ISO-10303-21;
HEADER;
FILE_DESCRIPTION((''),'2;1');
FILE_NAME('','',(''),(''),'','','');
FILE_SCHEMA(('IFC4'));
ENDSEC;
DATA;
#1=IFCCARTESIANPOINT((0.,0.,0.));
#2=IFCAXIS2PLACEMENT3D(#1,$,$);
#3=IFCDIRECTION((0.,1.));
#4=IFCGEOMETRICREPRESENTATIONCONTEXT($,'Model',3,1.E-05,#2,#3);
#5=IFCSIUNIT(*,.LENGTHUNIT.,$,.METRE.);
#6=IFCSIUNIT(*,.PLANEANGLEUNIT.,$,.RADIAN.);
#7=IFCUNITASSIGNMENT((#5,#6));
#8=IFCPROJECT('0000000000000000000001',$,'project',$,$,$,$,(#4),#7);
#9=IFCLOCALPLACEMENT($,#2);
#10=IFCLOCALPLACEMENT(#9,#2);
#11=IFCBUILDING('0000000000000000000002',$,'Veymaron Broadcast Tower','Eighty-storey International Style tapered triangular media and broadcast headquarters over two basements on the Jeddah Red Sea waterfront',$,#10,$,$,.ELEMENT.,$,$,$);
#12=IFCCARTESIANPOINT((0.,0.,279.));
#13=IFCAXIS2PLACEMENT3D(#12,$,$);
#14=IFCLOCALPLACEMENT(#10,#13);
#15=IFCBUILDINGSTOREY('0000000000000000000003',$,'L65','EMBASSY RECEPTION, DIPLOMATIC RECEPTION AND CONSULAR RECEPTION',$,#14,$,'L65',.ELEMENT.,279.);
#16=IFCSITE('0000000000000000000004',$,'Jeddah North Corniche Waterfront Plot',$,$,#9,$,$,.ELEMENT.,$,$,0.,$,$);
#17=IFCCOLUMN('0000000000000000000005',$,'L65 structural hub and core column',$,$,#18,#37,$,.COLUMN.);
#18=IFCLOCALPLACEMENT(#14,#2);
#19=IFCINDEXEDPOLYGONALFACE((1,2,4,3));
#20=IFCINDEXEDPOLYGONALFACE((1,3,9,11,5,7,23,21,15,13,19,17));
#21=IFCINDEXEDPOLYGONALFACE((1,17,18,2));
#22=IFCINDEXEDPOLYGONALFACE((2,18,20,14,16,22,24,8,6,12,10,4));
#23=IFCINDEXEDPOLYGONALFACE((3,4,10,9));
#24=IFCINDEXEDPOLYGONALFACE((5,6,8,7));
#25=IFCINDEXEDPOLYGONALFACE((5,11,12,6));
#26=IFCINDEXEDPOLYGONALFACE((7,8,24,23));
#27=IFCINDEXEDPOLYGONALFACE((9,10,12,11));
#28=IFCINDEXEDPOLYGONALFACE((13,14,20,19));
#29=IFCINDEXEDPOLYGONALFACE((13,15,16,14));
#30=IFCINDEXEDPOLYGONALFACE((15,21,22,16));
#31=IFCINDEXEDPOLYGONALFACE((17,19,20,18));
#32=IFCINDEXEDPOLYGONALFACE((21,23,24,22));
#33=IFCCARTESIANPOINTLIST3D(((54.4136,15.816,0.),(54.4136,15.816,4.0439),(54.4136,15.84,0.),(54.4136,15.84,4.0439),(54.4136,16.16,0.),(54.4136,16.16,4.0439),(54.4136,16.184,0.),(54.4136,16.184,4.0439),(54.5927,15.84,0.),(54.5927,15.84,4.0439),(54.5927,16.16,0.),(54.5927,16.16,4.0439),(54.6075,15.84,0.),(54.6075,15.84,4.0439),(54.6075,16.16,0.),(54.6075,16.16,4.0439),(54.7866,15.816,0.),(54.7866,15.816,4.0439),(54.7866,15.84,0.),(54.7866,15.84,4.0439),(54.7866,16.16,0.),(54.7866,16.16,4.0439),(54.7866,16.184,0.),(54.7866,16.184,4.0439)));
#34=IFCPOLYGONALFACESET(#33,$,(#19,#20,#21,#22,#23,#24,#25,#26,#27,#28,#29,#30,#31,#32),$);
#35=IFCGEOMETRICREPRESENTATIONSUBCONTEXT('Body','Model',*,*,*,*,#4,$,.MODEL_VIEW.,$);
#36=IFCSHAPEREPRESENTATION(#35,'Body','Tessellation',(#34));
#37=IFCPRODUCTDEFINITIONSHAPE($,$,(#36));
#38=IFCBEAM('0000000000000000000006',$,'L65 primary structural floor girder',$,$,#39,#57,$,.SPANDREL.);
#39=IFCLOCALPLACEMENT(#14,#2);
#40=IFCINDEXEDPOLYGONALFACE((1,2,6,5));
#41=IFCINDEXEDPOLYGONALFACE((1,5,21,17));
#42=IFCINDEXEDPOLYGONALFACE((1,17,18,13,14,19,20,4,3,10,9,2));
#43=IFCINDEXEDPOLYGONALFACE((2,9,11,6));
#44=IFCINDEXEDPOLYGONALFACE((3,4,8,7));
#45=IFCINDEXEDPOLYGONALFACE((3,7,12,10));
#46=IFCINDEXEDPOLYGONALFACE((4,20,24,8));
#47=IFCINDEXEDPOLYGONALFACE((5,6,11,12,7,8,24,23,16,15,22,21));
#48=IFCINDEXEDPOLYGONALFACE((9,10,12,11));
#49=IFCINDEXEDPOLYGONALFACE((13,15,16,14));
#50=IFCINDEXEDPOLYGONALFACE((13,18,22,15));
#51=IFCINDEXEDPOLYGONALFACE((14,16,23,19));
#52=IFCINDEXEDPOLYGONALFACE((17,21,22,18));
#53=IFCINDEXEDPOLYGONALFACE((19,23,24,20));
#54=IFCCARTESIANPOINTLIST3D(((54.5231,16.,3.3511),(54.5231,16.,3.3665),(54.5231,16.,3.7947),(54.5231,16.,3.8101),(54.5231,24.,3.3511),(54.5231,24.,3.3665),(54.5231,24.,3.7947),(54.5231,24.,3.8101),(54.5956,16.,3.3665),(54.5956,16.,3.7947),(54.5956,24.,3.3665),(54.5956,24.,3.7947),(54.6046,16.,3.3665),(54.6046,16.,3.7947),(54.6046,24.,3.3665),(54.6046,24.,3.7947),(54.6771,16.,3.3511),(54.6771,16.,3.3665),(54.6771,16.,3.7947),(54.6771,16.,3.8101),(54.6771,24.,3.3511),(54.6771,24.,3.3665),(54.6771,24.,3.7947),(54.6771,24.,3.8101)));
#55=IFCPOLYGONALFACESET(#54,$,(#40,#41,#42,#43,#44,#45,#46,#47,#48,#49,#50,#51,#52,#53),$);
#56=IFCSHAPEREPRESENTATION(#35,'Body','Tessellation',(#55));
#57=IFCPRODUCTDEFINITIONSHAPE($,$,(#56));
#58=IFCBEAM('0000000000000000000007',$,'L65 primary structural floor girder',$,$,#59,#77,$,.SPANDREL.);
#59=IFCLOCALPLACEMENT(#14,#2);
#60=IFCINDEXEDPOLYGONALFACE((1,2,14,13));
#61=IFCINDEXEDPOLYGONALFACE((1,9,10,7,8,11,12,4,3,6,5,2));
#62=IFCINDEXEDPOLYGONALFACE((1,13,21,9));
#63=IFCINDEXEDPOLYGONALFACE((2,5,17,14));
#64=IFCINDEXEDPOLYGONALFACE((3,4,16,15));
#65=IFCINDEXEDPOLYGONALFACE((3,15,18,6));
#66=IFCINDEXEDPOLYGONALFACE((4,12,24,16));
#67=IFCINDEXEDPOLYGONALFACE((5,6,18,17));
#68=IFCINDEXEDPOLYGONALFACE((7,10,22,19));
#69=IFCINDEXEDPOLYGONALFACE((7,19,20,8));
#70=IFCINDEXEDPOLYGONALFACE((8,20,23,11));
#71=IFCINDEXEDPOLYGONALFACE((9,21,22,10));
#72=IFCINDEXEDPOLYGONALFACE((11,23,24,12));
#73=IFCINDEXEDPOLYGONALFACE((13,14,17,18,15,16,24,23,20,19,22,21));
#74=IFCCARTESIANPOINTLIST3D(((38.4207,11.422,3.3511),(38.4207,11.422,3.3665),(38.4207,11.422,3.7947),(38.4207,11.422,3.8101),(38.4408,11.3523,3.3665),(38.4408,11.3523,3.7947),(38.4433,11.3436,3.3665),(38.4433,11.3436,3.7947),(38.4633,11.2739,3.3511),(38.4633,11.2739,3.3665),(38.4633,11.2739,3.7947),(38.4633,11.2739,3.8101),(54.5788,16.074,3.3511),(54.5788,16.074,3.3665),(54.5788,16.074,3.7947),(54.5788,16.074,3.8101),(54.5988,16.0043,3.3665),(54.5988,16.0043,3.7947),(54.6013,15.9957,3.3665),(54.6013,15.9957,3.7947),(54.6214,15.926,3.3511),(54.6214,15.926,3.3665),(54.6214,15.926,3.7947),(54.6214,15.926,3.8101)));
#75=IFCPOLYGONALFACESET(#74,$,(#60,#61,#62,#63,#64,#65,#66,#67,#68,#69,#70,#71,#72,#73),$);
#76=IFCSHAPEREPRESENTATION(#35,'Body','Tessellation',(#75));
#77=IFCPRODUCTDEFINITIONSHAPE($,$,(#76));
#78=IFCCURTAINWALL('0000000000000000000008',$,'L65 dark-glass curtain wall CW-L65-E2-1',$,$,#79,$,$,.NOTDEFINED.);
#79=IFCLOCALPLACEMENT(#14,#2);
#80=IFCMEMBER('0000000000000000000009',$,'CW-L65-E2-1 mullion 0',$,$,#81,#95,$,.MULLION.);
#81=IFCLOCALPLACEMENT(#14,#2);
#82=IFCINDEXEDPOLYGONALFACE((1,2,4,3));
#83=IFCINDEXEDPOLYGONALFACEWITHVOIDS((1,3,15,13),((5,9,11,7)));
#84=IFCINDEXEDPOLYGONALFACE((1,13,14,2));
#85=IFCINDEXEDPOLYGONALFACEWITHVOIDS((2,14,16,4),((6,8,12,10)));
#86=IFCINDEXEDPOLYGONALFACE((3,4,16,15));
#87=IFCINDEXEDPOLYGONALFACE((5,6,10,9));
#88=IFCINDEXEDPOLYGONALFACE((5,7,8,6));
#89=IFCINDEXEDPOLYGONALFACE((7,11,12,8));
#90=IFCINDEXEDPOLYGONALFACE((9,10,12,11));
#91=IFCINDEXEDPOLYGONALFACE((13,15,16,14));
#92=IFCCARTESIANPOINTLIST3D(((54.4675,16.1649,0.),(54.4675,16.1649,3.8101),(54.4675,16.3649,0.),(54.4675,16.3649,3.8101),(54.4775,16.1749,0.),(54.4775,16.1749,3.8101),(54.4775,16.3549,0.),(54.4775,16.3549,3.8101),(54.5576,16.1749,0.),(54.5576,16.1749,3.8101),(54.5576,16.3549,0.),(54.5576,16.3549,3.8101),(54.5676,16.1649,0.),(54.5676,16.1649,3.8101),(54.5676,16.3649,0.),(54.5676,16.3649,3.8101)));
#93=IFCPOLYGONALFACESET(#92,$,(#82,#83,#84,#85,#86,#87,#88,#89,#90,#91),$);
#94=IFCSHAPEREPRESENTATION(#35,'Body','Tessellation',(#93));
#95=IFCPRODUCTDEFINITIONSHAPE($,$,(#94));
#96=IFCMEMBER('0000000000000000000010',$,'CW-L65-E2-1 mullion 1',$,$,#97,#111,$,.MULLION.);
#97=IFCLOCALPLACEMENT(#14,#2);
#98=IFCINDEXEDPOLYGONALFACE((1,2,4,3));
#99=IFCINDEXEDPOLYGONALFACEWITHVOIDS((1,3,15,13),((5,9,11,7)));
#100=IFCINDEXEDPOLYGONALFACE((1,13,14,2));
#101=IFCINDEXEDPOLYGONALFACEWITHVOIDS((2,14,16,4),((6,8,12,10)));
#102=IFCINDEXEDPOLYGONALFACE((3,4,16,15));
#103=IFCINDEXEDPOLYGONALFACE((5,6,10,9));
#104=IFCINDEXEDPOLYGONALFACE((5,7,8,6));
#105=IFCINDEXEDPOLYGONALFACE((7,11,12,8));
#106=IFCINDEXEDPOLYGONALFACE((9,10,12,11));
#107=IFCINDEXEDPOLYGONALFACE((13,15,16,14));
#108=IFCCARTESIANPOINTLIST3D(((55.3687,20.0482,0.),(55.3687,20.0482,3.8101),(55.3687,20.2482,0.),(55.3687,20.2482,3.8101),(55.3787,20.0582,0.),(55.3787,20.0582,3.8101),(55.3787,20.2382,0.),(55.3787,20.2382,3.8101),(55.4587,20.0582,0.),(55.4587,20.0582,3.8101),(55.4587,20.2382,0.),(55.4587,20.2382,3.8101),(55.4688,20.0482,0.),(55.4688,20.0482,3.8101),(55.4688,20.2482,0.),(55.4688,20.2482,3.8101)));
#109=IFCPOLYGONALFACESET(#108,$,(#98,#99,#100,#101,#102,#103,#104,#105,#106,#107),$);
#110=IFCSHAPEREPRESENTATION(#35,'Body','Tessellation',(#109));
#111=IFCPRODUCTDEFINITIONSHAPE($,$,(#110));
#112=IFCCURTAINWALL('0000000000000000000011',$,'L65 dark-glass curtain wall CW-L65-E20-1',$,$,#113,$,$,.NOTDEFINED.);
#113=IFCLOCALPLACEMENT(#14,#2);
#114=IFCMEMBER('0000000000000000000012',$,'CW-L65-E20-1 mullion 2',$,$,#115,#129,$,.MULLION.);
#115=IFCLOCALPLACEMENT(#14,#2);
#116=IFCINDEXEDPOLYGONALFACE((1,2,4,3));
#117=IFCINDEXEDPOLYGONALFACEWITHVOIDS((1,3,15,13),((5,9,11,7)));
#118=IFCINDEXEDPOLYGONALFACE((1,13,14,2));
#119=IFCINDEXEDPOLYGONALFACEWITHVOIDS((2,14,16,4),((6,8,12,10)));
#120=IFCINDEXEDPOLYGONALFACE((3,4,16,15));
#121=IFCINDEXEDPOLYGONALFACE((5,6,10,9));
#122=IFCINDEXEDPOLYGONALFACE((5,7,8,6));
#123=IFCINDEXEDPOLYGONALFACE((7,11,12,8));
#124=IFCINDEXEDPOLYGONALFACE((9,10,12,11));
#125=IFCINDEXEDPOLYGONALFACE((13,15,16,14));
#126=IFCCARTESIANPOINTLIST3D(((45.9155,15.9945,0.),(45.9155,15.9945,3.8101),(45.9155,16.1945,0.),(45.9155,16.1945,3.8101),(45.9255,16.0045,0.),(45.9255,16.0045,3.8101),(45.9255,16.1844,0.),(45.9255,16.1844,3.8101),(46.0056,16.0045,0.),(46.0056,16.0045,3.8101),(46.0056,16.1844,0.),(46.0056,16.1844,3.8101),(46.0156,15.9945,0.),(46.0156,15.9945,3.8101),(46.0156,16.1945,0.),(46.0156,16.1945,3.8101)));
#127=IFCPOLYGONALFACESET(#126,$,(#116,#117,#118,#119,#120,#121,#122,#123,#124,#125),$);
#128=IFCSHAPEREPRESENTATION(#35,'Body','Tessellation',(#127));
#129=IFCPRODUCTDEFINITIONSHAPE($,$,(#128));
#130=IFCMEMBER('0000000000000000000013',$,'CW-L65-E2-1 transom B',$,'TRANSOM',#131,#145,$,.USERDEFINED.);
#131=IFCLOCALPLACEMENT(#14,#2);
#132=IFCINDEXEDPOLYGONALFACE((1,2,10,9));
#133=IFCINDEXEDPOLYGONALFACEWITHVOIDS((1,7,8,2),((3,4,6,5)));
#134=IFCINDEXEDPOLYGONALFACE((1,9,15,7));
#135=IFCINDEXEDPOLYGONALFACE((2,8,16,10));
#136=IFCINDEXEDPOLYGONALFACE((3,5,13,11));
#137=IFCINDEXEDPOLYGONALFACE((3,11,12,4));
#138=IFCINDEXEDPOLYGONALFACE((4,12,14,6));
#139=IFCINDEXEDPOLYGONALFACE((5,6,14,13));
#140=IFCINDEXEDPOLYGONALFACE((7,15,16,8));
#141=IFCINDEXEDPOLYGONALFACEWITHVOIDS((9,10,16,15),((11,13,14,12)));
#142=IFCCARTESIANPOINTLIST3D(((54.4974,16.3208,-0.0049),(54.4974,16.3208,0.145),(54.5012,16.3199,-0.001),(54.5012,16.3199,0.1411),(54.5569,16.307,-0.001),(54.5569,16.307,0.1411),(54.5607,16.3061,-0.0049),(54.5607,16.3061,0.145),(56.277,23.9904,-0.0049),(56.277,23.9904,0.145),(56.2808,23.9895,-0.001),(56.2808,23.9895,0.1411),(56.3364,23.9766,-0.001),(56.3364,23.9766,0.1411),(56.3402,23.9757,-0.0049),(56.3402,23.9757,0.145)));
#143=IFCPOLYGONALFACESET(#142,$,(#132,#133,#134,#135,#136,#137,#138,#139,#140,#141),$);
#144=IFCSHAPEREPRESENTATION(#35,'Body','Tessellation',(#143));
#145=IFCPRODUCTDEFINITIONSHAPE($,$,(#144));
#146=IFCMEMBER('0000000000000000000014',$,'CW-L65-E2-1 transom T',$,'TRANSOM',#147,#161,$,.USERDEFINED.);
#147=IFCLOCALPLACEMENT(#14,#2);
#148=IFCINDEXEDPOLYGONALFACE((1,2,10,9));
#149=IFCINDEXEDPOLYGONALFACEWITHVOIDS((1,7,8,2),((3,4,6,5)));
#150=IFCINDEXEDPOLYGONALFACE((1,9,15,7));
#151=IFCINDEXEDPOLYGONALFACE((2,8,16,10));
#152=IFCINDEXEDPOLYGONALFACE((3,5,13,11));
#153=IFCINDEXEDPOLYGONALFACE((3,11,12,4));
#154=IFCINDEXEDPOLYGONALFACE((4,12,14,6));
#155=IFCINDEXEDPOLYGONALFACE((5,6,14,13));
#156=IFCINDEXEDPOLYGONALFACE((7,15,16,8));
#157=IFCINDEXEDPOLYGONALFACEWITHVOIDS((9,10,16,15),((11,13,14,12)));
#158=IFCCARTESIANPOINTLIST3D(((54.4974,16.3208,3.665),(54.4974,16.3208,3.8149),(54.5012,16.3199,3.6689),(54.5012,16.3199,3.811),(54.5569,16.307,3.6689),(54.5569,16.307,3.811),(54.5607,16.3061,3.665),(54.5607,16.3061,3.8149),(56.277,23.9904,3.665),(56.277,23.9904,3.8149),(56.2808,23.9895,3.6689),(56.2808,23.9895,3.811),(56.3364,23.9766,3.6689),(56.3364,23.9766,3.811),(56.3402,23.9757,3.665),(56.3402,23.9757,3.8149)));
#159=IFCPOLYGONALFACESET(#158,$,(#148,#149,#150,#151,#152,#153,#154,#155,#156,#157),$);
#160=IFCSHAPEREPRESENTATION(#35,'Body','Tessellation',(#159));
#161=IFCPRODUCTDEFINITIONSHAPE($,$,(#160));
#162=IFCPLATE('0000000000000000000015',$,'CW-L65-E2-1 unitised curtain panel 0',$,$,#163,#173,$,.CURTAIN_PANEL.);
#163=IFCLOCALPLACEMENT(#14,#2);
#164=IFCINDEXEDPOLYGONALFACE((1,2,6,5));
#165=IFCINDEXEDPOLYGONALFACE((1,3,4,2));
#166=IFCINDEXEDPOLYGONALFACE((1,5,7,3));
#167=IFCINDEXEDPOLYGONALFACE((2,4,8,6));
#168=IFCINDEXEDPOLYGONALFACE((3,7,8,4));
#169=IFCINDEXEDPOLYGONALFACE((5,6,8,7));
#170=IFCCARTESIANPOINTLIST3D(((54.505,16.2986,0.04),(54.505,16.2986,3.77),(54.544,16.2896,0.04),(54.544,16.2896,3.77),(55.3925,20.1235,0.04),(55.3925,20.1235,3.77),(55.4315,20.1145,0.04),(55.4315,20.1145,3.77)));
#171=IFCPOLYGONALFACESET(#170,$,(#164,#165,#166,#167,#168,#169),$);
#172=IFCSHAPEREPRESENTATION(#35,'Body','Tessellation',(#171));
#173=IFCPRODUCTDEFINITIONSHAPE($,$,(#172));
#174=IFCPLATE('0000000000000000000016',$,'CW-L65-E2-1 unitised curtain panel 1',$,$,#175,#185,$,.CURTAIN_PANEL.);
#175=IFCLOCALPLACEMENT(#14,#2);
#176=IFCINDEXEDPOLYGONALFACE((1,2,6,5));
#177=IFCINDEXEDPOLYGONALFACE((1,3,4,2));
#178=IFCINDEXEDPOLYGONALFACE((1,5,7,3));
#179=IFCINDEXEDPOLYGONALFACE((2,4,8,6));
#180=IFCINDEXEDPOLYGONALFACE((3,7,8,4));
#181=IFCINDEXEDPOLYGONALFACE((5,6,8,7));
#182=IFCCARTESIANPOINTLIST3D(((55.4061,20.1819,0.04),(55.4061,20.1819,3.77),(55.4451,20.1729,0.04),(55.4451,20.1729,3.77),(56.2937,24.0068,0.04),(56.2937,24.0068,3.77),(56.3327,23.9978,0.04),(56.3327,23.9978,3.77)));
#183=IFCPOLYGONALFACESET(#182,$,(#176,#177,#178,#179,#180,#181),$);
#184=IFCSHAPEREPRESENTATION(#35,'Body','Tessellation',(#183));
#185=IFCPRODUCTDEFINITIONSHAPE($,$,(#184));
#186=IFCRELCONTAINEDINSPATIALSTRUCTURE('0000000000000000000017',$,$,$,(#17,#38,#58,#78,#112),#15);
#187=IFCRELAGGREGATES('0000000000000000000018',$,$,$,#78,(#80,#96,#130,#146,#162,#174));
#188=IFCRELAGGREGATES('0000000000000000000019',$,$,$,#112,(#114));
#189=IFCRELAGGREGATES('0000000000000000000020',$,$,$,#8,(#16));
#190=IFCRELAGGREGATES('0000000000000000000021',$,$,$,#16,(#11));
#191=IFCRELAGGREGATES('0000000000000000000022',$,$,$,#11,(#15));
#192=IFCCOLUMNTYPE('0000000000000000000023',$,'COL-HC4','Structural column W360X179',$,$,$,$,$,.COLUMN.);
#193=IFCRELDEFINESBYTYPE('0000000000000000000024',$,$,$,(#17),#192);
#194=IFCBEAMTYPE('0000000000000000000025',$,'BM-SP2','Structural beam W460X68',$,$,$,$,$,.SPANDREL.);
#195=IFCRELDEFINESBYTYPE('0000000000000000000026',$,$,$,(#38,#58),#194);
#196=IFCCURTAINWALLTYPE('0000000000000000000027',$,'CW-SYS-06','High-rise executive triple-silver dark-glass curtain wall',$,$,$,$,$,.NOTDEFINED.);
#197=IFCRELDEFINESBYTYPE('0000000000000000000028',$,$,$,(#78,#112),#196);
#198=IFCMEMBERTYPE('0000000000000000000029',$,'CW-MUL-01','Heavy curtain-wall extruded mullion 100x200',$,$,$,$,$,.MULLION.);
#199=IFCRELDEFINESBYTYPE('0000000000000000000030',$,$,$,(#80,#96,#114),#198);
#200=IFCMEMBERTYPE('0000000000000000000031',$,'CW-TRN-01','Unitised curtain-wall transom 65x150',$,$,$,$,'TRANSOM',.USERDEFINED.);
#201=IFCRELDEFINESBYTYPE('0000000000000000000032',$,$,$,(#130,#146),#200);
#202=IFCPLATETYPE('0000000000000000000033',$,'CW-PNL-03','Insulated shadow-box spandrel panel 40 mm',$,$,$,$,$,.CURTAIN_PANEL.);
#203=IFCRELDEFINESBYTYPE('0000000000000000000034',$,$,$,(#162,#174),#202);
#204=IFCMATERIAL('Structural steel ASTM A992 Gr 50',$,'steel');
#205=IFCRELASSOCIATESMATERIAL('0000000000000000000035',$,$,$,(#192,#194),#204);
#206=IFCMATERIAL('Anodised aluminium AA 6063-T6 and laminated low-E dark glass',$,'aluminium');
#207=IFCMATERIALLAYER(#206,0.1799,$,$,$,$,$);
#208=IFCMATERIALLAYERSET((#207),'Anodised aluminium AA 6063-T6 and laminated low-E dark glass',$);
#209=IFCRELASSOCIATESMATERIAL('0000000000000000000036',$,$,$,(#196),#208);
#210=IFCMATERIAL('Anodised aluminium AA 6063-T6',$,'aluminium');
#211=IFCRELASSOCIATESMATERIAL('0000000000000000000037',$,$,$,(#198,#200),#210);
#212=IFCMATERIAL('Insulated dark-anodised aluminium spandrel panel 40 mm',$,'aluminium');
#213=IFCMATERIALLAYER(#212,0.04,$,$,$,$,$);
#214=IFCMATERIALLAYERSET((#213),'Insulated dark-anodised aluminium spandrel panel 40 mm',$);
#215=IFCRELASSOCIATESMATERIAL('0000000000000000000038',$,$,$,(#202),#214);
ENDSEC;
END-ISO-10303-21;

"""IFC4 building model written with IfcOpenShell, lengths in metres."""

from ifc_helpers import new_model, si_unit, direction, frame, origin, origin_2d, place, context, subcontext, project, spatial, rectangle, hollow_rectangle, i_section, extrude, material, layer, layer_set, material_profile, profile_set, type_object, element, aggregate, save


model = new_model("IFC4")

# Units and contexts
model_context = context("Model", 3, precision=1e-05, world=origin(), true_north=direction((0.0, 1.0)))
body_context = subcontext(model_context, "Body", "Model", "MODEL_VIEW")
ifc_project = project(units=[si_unit("LENGTHUNIT", "METRE"), si_unit("PLANEANGLEUNIT", "RADIAN")], contexts=[model_context])

# Site, building, storey
site_placement = place(None, origin())
site = spatial("IfcSite", under=ifc_project, at=site_placement, Name="Jeddah North Corniche Waterfront Plot", CompositionType="ELEMENT", RefElevation=0.0)
building_placement = place(site_placement, origin())
building = spatial("IfcBuilding", under=site, at=building_placement, Name="Veymaron Broadcast Tower", Description="Eighty-storey International Style tapered triangular media and broadcast headquarters over two basements on the Jeddah Red Sea waterfront", CompositionType="ELEMENT")
storey_placement = place(building_placement, frame((0.0, 0.0, 279.0)))
storey = spatial("IfcBuildingStorey", under=building, at=storey_placement, Name="L65", Description="EMBASSY RECEPTION, DIPLOMATIC RECEPTION AND CONSULAR RECEPTION", LongName="L65", CompositionType="ELEMENT", Elevation=279.0)

# Column
ifc_material_1 = material(Name="Structural steel ASTM A992 Gr 50", Category="steel")
ifc_material_profile_1 = material_profile(ifc_material_1, i_section(OverallWidth=0.373, OverallDepth=0.3679, WebThickness=0.0149, FlangeThickness=0.0239, at=origin_2d()), Name="W360X179")
ifc_profile_set_1 = profile_set([ifc_material_profile_1], Name="Structural steel ASTM A992 Gr 50")
column_type = type_object("IfcColumnType", Name="COL-HC4", Description="Structural column W360X179", PredefinedType="COLUMN", material=ifc_profile_set_1)
column_placement = place(storey_placement, frame((54.6001, 16.0, 0.0), z_axis=(0.0, 0.0, 1.0), x_axis=(1.0, 0.0, 0.0)))
element("IfcColumn", 1, at=column_placement, inside=storey, type_object=column_type, Name="L65 structural hub and core column", PredefinedType="COLUMN", context=body_context, shape_type="SweptSolid", body=[
    extrude(i_section(OverallWidth=0.373, OverallDepth=0.3679, WebThickness=0.0149, FlangeThickness=0.0239, at=origin_2d()), origin(), (0.0, 0.0, 1.0), 4.0439),
])

# Beams
ifc_material_profile_2 = material_profile(ifc_material_1, i_section(OverallWidth=0.1541, OverallDepth=0.459, WebThickness=0.009, FlangeThickness=0.0154, at=origin_2d()), Name="W460X68")
ifc_profile_set_2 = profile_set([ifc_material_profile_2], Name="Structural steel ASTM A992 Gr 50")
beam_type = type_object("IfcBeamType", Name="BM-SP2", Description="Structural beam W460X68", PredefinedType="SPANDREL", material=ifc_profile_set_2)
beam_1_placement = place(storey_placement, frame((54.6001, 16.0, 3.5806), z_axis=(0.0, 1.0, 0.0), x_axis=(-1.0, 0.0, 0.0)))
element("IfcBeam", 2, at=beam_1_placement, inside=storey, type_object=beam_type, Name="L65 primary structural floor girder", PredefinedType="SPANDREL", context=body_context, shape_type="SweptSolid", body=[
    extrude(i_section(OverallWidth=0.1541, OverallDepth=0.459, WebThickness=0.009, FlangeThickness=0.0154, at=origin_2d()), origin(), (0.0, 0.0, 1.0), 8.0),
])
beam_2_placement = place(storey_placement, frame((54.6001, 16.0, 3.5806), z_axis=(-0.960965, -0.276671, 0.0), x_axis=(0.276671, -0.960965, 0.0)))
element("IfcBeam", 3, at=beam_2_placement, inside=storey, type_object=beam_type, Name="L65 primary structural floor girder", PredefinedType="SPANDREL", context=body_context, shape_type="SweptSolid", body=[
    extrude(i_section(OverallWidth=0.1541, OverallDepth=0.459, WebThickness=0.009, FlangeThickness=0.0154, at=origin_2d()), origin(), (0.0, 0.0, 1.0), 16.8145),
])

# Curtain wall, members
ifc_material_2 = material(Name="Anodised aluminium AA 6063-T6 and laminated low-E dark glass", Category="aluminium")
ifc_layer_1 = layer(ifc_material_2, 0.1799)
ifc_layer_set_1 = layer_set([ifc_layer_1], Name="Anodised aluminium AA 6063-T6 and laminated low-E dark glass")
curtain_wall_type = type_object("IfcCurtainWallType", Name="CW-SYS-06", Description="High-rise executive triple-silver dark-glass curtain wall", PredefinedType="NOTDEFINED", material=ifc_layer_set_1)
curtain_wall_1_placement = place(storey_placement, origin())
curtain_wall_1 = element("IfcCurtainWall", 4, at=curtain_wall_1_placement, inside=storey, type_object=curtain_wall_type, Name="L65 dark-glass curtain wall CW-L65-E2-1", PredefinedType="NOTDEFINED")
ifc_material_3 = material(Name="Anodised aluminium AA 6063-T6", Category="aluminium")
ifc_material_profile_3 = material_profile(ifc_material_3, hollow_rectangle(XDim=0.1001, YDim=0.2, WallThickness=0.01, at=origin_2d()), Name="RHS200X100X10")
ifc_profile_set_3 = profile_set([ifc_material_profile_3], Name="Anodised aluminium AA 6063-T6")
member_type_1 = type_object("IfcMemberType", Name="CW-MUL-01", Description="Heavy curtain-wall extruded mullion 100x200", PredefinedType="MULLION", material=ifc_profile_set_3)
member_1_placement = place(storey_placement, frame((54.5176, 16.2649, 0.0), z_axis=(0.0, 0.0, 1.0), x_axis=(1.0, 0.0, 0.0)))
member_1 = element("IfcMember", 5, at=member_1_placement, type_object=member_type_1, Name="CW-L65-E2-1 mullion 0", PredefinedType="MULLION", context=body_context, shape_type="SweptSolid", body=[
    extrude(hollow_rectangle(XDim=0.1001, YDim=0.2, WallThickness=0.01, at=origin_2d()), origin(), (0.0, 0.0, 1.0), 3.8101),
])
member_2_placement = place(storey_placement, frame((55.4187, 20.1482, 0.0), z_axis=(0.0, 0.0, 1.0), x_axis=(1.0, 0.0, 0.0)))
member_2 = element("IfcMember", 6, at=member_2_placement, type_object=member_type_1, Name="CW-L65-E2-1 mullion 1", PredefinedType="MULLION", context=body_context, shape_type="SweptSolid", body=[
    extrude(hollow_rectangle(XDim=0.1001, YDim=0.2, WallThickness=0.01, at=origin_2d()), origin(), (0.0, 0.0, 1.0), 3.8101),
])

# Curtain wall, member
curtain_wall_2_placement = place(storey_placement, origin())
curtain_wall_2 = element("IfcCurtainWall", 7, at=curtain_wall_2_placement, inside=storey, type_object=curtain_wall_type, Name="L65 dark-glass curtain wall CW-L65-E20-1", PredefinedType="NOTDEFINED")
member_3_placement = place(storey_placement, frame((45.9656, 16.0945, 0.0), z_axis=(0.0, 0.0, 1.0), x_axis=(1.0, 0.0, 0.0)))
member_3 = element("IfcMember", 8, at=member_3_placement, type_object=member_type_1, Name="CW-L65-E20-1 mullion 2", PredefinedType="MULLION", context=body_context, shape_type="SweptSolid", body=[
    extrude(hollow_rectangle(XDim=0.1001, YDim=0.2, WallThickness=0.01, at=origin_2d()), origin(), (0.0, 0.0, 1.0), 3.8101),
])

# Members
ifc_material_profile_4 = material_profile(ifc_material_3, hollow_rectangle(XDim=0.0649, YDim=0.1499, WallThickness=0.0039, at=origin_2d()), Name="AL150X65X4")
ifc_profile_set_4 = profile_set([ifc_material_profile_4], Name="Anodised aluminium AA 6063-T6")
member_type_2 = type_object("IfcMemberType", Name="CW-TRN-01", Description="Unitised curtain-wall transom 65x150", ElementType="TRANSOM", PredefinedType="USERDEFINED", material=ifc_profile_set_4)
member_4_placement = place(storey_placement, frame((54.5291, 16.3135, 0.0701), z_axis=(0.226026, 0.974121, 0.0), x_axis=(-0.974121, 0.226026, 0.0)))
member_4 = element("IfcMember", 9, at=member_4_placement, type_object=member_type_2, Name="CW-L65-E2-1 transom B", ObjectType="TRANSOM", PredefinedType="USERDEFINED", context=body_context, shape_type="SweptSolid", body=[
    extrude(hollow_rectangle(XDim=0.0649, YDim=0.1499, WallThickness=0.0039, at=origin_2d()), origin(), (0.0, 0.0, 1.0), 7.8733),
])
member_5_placement = place(storey_placement, frame((54.5291, 16.3135, 3.74), z_axis=(0.226026, 0.974121, 0.0), x_axis=(-0.974121, 0.226026, 0.0)))
member_5 = element("IfcMember", 10, at=member_5_placement, type_object=member_type_2, Name="CW-L65-E2-1 transom T", ObjectType="TRANSOM", PredefinedType="USERDEFINED", context=body_context, shape_type="SweptSolid", body=[
    extrude(hollow_rectangle(XDim=0.0649, YDim=0.1499, WallThickness=0.0039, at=origin_2d()), origin(), (0.0, 0.0, 1.0), 7.8733),
])

# Plates
ifc_material_4 = material(Name="Insulated dark-anodised aluminium spandrel panel 40 mm", Category="aluminium")
ifc_layer_2 = layer(ifc_material_4, 0.04)
ifc_layer_set_2 = layer_set([ifc_layer_2], Name="Insulated dark-anodised aluminium spandrel panel 40 mm")
plate_type = type_object("IfcPlateType", Name="CW-PNL-03", Description="Insulated shadow-box spandrel panel 40 mm", PredefinedType="CURTAIN_PANEL", material=ifc_layer_set_2)
plate_1_placement = place(storey_placement, frame((54.9683, 18.2065, 0.04), z_axis=(0.0, 0.0, 1.0), x_axis=(0.226039, 0.974118, 0.0)))
plate_1 = element("IfcPlate", 11, at=plate_1_placement, type_object=plate_type, Name="CW-L65-E2-1 unitised curtain panel 0", PredefinedType="CURTAIN_PANEL", context=body_context, shape_type="SweptSolid", body=[
    extrude(rectangle(XDim=3.9265, YDim=0.04, at=origin_2d()), origin(), (0.0, 0.0, 1.0), 3.73),
])
plate_2_placement = place(storey_placement, frame((55.8694, 22.0898, 0.04), z_axis=(0.0, 0.0, 1.0), x_axis=(0.226039, 0.974118, 0.0)))
plate_2 = element("IfcPlate", 12, at=plate_2_placement, type_object=plate_type, Name="CW-L65-E2-1 unitised curtain panel 1", PredefinedType="CURTAIN_PANEL", context=body_context, shape_type="SweptSolid", body=[
    extrude(rectangle(XDim=3.9265, YDim=0.04, at=origin_2d()), origin(), (0.0, 0.0, 1.0), 3.73),
])
aggregate(curtain_wall_1, [member_1, member_2, member_4, member_5, plate_1, plate_2])
aggregate(curtain_wall_2, [member_3])

save(model, "model.ifc")
